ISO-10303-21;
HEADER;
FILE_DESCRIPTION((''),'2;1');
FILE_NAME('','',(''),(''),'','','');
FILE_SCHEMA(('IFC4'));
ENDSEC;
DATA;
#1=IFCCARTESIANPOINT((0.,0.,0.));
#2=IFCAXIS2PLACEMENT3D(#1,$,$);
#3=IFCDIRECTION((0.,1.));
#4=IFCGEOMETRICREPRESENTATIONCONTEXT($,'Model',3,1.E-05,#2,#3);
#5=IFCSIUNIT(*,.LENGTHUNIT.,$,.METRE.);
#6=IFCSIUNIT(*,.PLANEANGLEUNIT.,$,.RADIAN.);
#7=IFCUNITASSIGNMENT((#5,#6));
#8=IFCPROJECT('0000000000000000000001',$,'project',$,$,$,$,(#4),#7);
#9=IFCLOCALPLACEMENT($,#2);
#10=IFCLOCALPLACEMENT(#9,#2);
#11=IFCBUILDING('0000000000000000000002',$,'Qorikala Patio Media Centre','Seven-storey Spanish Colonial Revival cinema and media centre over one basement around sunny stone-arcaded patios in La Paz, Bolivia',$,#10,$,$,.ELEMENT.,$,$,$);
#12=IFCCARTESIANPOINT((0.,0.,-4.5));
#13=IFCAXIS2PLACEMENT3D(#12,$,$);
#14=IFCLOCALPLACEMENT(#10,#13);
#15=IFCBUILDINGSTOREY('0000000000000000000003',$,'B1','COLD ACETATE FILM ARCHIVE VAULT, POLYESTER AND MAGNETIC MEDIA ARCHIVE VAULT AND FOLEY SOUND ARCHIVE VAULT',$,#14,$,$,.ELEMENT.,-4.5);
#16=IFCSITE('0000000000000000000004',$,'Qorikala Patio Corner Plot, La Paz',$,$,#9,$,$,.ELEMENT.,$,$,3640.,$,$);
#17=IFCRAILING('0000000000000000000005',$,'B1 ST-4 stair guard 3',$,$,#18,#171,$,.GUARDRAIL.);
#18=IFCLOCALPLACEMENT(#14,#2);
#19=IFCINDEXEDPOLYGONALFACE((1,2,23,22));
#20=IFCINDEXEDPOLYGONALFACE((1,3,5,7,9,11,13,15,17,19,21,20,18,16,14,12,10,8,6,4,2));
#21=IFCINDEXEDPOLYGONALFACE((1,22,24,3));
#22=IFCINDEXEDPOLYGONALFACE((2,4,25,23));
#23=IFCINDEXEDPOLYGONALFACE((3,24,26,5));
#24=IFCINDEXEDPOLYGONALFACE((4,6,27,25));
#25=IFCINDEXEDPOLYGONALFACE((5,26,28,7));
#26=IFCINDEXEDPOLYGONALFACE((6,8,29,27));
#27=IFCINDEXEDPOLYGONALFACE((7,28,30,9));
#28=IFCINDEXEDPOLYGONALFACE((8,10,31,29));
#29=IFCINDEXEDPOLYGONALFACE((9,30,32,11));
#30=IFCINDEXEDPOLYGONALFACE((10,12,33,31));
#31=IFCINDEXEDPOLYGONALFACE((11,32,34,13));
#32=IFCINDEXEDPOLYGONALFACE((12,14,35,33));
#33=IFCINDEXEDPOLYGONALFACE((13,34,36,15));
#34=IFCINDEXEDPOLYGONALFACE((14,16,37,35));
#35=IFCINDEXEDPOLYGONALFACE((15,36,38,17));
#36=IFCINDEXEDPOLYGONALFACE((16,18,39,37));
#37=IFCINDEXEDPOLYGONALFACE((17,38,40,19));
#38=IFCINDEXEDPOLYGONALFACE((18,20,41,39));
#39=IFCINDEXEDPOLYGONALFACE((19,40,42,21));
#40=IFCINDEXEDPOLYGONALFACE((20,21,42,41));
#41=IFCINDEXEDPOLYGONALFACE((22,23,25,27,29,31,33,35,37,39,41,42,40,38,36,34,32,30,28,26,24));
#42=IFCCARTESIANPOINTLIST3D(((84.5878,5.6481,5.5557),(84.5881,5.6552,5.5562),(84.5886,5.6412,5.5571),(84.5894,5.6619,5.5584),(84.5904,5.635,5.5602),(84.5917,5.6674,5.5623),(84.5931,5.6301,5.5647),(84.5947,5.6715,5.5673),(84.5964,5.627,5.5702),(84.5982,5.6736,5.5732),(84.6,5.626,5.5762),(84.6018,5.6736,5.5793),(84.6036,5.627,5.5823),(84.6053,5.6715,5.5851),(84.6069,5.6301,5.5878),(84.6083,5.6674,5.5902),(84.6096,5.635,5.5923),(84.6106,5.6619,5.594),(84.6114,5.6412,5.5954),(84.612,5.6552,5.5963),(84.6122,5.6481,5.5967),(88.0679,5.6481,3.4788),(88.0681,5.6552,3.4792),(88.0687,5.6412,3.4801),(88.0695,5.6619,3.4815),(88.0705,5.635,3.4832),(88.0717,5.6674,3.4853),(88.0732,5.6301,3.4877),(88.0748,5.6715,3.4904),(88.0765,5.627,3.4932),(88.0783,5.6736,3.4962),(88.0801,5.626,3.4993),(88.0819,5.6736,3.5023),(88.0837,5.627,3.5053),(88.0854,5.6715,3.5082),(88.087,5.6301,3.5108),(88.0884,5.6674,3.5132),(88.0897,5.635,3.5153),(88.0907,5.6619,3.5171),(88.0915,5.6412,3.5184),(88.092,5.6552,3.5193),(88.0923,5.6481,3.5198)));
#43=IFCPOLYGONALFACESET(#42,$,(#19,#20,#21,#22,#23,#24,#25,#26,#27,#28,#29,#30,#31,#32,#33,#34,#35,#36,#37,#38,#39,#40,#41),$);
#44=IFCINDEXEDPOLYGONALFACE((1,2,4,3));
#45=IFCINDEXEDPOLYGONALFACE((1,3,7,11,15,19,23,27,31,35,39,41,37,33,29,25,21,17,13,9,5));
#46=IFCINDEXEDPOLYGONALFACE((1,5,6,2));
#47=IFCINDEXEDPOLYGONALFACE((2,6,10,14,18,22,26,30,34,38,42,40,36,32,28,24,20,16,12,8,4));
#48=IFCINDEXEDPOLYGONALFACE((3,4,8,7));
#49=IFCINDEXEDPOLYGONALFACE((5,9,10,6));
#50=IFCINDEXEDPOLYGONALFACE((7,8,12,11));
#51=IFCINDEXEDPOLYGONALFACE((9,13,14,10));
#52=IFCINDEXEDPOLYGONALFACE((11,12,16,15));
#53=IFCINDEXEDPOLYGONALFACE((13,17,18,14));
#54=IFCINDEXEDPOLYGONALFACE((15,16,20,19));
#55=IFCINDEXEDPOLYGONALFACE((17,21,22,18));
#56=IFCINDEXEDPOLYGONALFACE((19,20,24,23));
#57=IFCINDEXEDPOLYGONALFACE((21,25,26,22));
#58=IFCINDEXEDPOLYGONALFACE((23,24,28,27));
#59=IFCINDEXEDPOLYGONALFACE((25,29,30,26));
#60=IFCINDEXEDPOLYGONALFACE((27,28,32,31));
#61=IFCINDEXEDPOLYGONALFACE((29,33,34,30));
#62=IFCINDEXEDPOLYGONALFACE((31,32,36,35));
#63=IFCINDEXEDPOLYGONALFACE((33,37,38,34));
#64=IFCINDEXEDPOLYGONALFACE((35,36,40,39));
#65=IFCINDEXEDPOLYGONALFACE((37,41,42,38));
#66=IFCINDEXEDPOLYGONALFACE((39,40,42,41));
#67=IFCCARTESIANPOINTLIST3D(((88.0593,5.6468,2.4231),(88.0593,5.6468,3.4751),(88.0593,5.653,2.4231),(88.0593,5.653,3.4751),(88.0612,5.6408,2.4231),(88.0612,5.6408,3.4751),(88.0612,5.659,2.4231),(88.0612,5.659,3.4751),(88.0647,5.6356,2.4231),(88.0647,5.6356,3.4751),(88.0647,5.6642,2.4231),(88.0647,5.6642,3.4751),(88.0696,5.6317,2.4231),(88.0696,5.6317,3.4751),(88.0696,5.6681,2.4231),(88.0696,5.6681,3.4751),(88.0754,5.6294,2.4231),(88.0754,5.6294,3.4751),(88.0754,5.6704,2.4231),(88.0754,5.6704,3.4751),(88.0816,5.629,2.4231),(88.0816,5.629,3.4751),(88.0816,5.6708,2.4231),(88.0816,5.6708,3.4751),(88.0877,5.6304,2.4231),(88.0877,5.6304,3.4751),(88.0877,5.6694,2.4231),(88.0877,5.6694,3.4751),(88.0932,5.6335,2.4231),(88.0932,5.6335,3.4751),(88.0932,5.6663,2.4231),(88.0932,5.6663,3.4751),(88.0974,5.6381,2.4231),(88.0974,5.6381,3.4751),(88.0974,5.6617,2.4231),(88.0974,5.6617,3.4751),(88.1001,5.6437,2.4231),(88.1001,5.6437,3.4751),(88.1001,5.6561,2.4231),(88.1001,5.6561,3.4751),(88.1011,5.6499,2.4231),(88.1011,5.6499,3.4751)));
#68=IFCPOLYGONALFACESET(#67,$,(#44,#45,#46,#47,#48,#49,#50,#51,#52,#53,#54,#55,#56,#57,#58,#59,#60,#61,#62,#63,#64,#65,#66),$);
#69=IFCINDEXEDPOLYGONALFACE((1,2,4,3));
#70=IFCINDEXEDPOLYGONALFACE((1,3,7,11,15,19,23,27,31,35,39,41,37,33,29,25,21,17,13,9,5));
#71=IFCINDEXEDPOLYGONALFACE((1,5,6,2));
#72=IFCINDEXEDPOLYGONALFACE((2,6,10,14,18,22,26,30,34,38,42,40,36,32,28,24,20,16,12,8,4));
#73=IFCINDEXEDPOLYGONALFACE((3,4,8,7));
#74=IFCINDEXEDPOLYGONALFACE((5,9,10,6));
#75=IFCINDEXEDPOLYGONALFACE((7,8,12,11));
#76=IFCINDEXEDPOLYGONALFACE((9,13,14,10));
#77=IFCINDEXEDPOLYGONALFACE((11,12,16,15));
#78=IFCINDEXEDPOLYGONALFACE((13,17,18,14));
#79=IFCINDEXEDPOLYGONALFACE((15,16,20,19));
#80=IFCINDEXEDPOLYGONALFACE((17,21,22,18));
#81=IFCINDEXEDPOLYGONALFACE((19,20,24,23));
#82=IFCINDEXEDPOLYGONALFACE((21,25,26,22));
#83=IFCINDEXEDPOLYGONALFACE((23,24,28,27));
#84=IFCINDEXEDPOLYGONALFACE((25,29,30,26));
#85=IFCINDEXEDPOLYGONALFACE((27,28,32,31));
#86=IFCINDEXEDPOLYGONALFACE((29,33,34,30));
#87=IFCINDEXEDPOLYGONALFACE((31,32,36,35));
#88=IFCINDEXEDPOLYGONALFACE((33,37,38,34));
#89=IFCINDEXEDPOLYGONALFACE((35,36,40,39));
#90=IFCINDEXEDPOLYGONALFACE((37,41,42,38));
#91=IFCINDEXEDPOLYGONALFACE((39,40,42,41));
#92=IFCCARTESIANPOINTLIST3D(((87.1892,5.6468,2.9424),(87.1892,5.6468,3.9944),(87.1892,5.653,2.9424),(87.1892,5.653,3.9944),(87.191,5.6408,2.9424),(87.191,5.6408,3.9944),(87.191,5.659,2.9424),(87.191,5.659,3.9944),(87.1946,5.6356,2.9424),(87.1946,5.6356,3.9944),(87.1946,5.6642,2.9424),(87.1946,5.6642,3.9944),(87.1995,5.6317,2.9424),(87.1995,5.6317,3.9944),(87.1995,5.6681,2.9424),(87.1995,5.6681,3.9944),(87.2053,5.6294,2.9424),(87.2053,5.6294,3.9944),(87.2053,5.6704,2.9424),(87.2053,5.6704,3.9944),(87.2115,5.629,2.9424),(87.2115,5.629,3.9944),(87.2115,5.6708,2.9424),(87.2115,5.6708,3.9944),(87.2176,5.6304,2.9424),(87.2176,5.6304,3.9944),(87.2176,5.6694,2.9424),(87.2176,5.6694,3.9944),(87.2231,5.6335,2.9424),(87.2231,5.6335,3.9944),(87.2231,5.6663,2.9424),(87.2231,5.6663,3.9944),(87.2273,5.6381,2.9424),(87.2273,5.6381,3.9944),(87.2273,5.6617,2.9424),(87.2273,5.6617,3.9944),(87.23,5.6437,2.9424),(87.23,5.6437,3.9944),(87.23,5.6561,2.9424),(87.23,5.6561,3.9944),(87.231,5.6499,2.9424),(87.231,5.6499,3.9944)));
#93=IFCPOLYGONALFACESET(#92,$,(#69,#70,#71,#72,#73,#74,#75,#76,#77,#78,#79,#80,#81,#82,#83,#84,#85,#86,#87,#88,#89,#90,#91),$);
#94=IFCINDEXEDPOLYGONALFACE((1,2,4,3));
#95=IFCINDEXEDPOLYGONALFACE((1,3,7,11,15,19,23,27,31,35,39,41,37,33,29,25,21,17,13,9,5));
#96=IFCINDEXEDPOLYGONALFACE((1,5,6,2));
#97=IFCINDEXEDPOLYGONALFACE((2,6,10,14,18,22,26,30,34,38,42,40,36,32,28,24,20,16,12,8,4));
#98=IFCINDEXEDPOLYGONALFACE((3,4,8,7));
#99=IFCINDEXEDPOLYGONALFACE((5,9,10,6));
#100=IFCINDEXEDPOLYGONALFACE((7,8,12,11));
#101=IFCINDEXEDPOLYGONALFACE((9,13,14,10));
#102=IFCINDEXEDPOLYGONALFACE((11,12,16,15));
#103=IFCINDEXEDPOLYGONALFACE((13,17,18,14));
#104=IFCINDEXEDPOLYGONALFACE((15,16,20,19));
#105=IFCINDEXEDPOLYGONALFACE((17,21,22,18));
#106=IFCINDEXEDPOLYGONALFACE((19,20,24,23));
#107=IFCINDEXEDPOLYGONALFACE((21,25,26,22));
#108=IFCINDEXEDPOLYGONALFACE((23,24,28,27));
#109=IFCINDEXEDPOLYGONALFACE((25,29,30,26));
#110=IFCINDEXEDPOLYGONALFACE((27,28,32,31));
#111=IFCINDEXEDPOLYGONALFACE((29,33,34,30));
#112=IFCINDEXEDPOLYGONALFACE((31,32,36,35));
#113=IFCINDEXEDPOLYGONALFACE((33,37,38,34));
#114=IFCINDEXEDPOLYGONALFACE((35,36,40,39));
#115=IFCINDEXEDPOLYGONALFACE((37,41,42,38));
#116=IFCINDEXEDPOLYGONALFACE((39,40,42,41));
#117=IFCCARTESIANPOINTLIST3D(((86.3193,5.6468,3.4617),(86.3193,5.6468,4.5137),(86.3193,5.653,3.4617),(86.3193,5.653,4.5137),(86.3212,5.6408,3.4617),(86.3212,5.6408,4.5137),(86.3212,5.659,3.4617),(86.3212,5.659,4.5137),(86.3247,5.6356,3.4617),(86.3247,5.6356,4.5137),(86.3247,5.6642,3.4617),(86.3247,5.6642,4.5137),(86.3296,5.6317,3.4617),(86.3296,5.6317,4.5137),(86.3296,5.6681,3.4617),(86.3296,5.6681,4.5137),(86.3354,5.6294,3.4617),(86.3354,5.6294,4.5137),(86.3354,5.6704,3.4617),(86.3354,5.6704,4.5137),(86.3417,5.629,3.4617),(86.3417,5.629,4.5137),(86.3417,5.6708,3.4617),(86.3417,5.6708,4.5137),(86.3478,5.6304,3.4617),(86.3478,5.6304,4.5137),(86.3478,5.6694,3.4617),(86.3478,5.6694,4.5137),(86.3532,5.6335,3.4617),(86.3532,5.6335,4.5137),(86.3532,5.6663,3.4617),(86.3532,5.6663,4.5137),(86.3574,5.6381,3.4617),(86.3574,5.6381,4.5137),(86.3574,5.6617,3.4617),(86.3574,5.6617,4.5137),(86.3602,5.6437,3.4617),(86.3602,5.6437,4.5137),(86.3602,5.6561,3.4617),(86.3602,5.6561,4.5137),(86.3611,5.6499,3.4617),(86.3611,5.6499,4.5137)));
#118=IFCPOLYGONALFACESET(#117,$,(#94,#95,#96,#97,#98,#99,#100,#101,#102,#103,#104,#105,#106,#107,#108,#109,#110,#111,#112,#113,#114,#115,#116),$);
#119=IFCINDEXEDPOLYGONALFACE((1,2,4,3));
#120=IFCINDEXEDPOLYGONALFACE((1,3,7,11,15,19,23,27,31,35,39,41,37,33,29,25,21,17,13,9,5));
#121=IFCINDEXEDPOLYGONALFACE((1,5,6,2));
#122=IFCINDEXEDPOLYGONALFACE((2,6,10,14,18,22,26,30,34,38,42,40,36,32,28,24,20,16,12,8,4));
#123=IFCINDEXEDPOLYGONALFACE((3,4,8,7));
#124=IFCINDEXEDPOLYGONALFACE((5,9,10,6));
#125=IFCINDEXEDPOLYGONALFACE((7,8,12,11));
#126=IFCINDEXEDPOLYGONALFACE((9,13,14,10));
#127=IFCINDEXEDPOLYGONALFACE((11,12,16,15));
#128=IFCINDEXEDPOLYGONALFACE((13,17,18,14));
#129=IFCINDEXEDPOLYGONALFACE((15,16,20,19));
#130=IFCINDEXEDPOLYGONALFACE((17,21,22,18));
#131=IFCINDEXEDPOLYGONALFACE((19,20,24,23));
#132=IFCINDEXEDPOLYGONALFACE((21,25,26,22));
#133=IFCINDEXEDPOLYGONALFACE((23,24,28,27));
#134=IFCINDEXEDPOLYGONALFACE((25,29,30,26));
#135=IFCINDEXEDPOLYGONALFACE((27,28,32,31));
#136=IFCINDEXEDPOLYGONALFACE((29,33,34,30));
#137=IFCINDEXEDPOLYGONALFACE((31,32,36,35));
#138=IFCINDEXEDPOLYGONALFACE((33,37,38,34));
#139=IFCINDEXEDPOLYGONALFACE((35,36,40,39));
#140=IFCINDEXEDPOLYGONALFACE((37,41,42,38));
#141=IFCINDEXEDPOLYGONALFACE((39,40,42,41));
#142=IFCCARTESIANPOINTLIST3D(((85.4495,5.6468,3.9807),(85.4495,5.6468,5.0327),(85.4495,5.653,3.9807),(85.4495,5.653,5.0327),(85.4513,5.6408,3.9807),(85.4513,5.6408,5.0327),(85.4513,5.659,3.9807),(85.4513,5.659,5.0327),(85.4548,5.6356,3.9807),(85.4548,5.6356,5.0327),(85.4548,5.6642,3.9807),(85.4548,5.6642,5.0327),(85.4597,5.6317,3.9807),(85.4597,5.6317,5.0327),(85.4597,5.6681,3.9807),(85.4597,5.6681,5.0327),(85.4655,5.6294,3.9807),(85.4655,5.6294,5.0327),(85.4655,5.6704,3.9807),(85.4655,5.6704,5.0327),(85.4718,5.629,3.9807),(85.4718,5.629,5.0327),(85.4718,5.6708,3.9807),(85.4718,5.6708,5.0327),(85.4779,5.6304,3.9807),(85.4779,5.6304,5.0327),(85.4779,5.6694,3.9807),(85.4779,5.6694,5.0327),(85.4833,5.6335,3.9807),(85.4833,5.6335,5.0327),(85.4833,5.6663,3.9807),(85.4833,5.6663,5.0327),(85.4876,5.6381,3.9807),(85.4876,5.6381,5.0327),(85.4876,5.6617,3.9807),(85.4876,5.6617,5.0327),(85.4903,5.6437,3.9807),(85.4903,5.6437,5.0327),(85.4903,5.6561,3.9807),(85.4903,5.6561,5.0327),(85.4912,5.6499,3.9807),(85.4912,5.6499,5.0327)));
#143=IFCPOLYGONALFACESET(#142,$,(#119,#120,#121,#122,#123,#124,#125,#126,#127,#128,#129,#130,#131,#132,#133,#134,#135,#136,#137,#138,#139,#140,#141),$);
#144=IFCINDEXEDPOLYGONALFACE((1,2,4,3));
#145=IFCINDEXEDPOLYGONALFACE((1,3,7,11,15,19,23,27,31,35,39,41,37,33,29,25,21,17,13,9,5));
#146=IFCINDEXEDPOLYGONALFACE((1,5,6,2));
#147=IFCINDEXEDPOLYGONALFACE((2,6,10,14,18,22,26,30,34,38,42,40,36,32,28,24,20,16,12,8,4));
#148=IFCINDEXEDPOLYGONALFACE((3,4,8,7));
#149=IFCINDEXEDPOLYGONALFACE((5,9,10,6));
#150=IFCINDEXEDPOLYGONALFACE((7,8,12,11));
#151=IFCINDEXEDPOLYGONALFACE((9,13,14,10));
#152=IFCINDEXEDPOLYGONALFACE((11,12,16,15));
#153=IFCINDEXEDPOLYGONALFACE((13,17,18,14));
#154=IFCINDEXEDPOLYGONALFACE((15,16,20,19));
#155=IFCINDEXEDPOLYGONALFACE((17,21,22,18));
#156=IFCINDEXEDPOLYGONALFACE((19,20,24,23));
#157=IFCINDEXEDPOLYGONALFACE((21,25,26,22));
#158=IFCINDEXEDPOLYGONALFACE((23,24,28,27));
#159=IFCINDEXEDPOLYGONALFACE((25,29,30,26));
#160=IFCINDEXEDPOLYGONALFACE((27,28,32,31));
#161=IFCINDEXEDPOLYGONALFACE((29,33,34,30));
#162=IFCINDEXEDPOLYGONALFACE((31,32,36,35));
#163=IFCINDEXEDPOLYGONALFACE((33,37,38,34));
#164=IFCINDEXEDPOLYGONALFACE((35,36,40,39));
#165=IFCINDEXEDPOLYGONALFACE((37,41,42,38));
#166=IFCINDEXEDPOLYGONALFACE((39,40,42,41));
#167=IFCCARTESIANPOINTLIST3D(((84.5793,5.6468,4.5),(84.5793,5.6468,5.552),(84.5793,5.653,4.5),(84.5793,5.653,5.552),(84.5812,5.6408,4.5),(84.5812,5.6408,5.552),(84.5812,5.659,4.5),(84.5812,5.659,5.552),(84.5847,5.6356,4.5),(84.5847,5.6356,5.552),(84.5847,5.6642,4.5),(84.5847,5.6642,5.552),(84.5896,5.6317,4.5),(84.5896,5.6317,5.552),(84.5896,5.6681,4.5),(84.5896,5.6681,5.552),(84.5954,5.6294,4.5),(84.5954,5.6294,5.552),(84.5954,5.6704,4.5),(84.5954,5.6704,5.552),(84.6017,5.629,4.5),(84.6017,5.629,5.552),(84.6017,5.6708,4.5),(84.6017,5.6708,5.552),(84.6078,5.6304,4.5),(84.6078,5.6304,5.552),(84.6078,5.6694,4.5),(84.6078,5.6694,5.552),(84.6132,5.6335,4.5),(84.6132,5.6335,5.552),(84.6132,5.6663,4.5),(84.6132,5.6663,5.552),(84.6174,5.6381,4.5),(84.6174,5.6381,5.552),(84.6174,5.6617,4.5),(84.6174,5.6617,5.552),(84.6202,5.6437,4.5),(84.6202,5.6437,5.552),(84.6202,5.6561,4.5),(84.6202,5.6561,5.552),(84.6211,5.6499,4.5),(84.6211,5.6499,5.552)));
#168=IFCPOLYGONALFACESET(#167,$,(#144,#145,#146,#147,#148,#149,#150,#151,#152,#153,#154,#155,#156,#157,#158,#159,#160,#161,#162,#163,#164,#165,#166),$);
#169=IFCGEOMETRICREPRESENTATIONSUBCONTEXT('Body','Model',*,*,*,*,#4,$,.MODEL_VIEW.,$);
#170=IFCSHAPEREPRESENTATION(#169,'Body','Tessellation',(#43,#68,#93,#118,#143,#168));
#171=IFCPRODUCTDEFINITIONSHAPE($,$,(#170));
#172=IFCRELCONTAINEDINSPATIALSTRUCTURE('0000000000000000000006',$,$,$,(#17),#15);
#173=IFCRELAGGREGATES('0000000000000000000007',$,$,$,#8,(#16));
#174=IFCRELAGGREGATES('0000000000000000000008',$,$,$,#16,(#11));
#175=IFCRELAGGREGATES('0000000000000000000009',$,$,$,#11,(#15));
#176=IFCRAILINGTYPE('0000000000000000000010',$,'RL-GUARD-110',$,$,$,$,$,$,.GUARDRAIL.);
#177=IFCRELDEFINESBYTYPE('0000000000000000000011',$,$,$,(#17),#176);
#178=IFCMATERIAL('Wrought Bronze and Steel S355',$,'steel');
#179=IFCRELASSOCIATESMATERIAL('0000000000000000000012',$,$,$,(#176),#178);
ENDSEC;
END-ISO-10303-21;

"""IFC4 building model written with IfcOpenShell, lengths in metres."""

from ifc_helpers import new_model, si_unit, direction, frame, origin, origin_2d, place, context, subcontext, project, spatial, circle, extrude, material, type_object, element, save


model = new_model("IFC4")

# Units and contexts
model_context = context("Model", 3, precision=1e-05, world=origin(), true_north=direction((0.0, 1.0)))
body_context = subcontext(model_context, "Body", "Model", "MODEL_VIEW")
ifc_project = project(units=[si_unit("LENGTHUNIT", "METRE"), si_unit("PLANEANGLEUNIT", "RADIAN")], contexts=[model_context])

# Site, building, storey
site_placement = place(None, origin())
site = spatial("IfcSite", under=ifc_project, at=site_placement, Name="Qorikala Patio Corner Plot, La Paz", CompositionType="ELEMENT", RefElevation=3640.0)
building_placement = place(site_placement, origin())
building = spatial("IfcBuilding", under=site, at=building_placement, Name="Qorikala Patio Media Centre", Description="Seven-storey Spanish Colonial Revival cinema and media centre over one basement around sunny stone-arcaded patios in La Paz, Bolivia", CompositionType="ELEMENT")
storey_placement = place(building_placement, frame((0.0, 0.0, -4.5)))
storey = spatial("IfcBuildingStorey", under=building, at=storey_placement, Name="B1", Description="COLD ACETATE FILM ARCHIVE VAULT, POLYESTER AND MAGNETIC MEDIA ARCHIVE VAULT AND FOLEY SOUND ARCHIVE VAULT", CompositionType="ELEMENT", Elevation=-4.5)

# Railing
ifc_material_1 = material(Name="Wrought Bronze and Steel S355", Category="steel")
railing_type_1 = type_object("IfcRailingType", Name="RL-GUARD-110", PredefinedType="GUARDRAIL", material=ifc_material_1)
railing_1_placement = place(storey_placement, frame((88.0801, 5.6499, 2.4231)))
element("IfcRailing", 1, at=railing_1_placement, inside=storey, type_object=railing_type_1, Name="B1 ST-4 stair guard 3", PredefinedType="GUARDRAIL", context=body_context, shape_type="SweptSolid", body=[
    extrude(circle(Radius=0.0239, at=origin_2d()), frame((0.0, 0.0, 1.0762), z_axis=(-0.858697, 0.0, 0.512483), x_axis=(0.0, -1.0, 0.0)), (0.0, 0.0, 1.0), 4.0527),
    extrude(circle(Radius=0.021, at=origin_2d()), origin(), (0.0, 0.0, 1.0), 1.052),
    extrude(circle(Radius=0.021, at=origin_2d()), frame((-0.8701, 0.0, 0.5193)), (0.0, 0.0, 1.0), 1.052),
    extrude(circle(Radius=0.021, at=origin_2d()), frame((-1.74, 0.0, 1.0386)), (0.0, 0.0, 1.0), 1.052),
    extrude(circle(Radius=0.021, at=origin_2d()), frame((-2.6099, 0.0, 1.5576)), (0.0, 0.0, 1.0), 1.052),
    extrude(circle(Radius=0.021, at=origin_2d()), frame((-3.48, 0.0, 2.0769)), (0.0, 0.0, 1.0), 1.052),
])

save(model, "model.ifc")
